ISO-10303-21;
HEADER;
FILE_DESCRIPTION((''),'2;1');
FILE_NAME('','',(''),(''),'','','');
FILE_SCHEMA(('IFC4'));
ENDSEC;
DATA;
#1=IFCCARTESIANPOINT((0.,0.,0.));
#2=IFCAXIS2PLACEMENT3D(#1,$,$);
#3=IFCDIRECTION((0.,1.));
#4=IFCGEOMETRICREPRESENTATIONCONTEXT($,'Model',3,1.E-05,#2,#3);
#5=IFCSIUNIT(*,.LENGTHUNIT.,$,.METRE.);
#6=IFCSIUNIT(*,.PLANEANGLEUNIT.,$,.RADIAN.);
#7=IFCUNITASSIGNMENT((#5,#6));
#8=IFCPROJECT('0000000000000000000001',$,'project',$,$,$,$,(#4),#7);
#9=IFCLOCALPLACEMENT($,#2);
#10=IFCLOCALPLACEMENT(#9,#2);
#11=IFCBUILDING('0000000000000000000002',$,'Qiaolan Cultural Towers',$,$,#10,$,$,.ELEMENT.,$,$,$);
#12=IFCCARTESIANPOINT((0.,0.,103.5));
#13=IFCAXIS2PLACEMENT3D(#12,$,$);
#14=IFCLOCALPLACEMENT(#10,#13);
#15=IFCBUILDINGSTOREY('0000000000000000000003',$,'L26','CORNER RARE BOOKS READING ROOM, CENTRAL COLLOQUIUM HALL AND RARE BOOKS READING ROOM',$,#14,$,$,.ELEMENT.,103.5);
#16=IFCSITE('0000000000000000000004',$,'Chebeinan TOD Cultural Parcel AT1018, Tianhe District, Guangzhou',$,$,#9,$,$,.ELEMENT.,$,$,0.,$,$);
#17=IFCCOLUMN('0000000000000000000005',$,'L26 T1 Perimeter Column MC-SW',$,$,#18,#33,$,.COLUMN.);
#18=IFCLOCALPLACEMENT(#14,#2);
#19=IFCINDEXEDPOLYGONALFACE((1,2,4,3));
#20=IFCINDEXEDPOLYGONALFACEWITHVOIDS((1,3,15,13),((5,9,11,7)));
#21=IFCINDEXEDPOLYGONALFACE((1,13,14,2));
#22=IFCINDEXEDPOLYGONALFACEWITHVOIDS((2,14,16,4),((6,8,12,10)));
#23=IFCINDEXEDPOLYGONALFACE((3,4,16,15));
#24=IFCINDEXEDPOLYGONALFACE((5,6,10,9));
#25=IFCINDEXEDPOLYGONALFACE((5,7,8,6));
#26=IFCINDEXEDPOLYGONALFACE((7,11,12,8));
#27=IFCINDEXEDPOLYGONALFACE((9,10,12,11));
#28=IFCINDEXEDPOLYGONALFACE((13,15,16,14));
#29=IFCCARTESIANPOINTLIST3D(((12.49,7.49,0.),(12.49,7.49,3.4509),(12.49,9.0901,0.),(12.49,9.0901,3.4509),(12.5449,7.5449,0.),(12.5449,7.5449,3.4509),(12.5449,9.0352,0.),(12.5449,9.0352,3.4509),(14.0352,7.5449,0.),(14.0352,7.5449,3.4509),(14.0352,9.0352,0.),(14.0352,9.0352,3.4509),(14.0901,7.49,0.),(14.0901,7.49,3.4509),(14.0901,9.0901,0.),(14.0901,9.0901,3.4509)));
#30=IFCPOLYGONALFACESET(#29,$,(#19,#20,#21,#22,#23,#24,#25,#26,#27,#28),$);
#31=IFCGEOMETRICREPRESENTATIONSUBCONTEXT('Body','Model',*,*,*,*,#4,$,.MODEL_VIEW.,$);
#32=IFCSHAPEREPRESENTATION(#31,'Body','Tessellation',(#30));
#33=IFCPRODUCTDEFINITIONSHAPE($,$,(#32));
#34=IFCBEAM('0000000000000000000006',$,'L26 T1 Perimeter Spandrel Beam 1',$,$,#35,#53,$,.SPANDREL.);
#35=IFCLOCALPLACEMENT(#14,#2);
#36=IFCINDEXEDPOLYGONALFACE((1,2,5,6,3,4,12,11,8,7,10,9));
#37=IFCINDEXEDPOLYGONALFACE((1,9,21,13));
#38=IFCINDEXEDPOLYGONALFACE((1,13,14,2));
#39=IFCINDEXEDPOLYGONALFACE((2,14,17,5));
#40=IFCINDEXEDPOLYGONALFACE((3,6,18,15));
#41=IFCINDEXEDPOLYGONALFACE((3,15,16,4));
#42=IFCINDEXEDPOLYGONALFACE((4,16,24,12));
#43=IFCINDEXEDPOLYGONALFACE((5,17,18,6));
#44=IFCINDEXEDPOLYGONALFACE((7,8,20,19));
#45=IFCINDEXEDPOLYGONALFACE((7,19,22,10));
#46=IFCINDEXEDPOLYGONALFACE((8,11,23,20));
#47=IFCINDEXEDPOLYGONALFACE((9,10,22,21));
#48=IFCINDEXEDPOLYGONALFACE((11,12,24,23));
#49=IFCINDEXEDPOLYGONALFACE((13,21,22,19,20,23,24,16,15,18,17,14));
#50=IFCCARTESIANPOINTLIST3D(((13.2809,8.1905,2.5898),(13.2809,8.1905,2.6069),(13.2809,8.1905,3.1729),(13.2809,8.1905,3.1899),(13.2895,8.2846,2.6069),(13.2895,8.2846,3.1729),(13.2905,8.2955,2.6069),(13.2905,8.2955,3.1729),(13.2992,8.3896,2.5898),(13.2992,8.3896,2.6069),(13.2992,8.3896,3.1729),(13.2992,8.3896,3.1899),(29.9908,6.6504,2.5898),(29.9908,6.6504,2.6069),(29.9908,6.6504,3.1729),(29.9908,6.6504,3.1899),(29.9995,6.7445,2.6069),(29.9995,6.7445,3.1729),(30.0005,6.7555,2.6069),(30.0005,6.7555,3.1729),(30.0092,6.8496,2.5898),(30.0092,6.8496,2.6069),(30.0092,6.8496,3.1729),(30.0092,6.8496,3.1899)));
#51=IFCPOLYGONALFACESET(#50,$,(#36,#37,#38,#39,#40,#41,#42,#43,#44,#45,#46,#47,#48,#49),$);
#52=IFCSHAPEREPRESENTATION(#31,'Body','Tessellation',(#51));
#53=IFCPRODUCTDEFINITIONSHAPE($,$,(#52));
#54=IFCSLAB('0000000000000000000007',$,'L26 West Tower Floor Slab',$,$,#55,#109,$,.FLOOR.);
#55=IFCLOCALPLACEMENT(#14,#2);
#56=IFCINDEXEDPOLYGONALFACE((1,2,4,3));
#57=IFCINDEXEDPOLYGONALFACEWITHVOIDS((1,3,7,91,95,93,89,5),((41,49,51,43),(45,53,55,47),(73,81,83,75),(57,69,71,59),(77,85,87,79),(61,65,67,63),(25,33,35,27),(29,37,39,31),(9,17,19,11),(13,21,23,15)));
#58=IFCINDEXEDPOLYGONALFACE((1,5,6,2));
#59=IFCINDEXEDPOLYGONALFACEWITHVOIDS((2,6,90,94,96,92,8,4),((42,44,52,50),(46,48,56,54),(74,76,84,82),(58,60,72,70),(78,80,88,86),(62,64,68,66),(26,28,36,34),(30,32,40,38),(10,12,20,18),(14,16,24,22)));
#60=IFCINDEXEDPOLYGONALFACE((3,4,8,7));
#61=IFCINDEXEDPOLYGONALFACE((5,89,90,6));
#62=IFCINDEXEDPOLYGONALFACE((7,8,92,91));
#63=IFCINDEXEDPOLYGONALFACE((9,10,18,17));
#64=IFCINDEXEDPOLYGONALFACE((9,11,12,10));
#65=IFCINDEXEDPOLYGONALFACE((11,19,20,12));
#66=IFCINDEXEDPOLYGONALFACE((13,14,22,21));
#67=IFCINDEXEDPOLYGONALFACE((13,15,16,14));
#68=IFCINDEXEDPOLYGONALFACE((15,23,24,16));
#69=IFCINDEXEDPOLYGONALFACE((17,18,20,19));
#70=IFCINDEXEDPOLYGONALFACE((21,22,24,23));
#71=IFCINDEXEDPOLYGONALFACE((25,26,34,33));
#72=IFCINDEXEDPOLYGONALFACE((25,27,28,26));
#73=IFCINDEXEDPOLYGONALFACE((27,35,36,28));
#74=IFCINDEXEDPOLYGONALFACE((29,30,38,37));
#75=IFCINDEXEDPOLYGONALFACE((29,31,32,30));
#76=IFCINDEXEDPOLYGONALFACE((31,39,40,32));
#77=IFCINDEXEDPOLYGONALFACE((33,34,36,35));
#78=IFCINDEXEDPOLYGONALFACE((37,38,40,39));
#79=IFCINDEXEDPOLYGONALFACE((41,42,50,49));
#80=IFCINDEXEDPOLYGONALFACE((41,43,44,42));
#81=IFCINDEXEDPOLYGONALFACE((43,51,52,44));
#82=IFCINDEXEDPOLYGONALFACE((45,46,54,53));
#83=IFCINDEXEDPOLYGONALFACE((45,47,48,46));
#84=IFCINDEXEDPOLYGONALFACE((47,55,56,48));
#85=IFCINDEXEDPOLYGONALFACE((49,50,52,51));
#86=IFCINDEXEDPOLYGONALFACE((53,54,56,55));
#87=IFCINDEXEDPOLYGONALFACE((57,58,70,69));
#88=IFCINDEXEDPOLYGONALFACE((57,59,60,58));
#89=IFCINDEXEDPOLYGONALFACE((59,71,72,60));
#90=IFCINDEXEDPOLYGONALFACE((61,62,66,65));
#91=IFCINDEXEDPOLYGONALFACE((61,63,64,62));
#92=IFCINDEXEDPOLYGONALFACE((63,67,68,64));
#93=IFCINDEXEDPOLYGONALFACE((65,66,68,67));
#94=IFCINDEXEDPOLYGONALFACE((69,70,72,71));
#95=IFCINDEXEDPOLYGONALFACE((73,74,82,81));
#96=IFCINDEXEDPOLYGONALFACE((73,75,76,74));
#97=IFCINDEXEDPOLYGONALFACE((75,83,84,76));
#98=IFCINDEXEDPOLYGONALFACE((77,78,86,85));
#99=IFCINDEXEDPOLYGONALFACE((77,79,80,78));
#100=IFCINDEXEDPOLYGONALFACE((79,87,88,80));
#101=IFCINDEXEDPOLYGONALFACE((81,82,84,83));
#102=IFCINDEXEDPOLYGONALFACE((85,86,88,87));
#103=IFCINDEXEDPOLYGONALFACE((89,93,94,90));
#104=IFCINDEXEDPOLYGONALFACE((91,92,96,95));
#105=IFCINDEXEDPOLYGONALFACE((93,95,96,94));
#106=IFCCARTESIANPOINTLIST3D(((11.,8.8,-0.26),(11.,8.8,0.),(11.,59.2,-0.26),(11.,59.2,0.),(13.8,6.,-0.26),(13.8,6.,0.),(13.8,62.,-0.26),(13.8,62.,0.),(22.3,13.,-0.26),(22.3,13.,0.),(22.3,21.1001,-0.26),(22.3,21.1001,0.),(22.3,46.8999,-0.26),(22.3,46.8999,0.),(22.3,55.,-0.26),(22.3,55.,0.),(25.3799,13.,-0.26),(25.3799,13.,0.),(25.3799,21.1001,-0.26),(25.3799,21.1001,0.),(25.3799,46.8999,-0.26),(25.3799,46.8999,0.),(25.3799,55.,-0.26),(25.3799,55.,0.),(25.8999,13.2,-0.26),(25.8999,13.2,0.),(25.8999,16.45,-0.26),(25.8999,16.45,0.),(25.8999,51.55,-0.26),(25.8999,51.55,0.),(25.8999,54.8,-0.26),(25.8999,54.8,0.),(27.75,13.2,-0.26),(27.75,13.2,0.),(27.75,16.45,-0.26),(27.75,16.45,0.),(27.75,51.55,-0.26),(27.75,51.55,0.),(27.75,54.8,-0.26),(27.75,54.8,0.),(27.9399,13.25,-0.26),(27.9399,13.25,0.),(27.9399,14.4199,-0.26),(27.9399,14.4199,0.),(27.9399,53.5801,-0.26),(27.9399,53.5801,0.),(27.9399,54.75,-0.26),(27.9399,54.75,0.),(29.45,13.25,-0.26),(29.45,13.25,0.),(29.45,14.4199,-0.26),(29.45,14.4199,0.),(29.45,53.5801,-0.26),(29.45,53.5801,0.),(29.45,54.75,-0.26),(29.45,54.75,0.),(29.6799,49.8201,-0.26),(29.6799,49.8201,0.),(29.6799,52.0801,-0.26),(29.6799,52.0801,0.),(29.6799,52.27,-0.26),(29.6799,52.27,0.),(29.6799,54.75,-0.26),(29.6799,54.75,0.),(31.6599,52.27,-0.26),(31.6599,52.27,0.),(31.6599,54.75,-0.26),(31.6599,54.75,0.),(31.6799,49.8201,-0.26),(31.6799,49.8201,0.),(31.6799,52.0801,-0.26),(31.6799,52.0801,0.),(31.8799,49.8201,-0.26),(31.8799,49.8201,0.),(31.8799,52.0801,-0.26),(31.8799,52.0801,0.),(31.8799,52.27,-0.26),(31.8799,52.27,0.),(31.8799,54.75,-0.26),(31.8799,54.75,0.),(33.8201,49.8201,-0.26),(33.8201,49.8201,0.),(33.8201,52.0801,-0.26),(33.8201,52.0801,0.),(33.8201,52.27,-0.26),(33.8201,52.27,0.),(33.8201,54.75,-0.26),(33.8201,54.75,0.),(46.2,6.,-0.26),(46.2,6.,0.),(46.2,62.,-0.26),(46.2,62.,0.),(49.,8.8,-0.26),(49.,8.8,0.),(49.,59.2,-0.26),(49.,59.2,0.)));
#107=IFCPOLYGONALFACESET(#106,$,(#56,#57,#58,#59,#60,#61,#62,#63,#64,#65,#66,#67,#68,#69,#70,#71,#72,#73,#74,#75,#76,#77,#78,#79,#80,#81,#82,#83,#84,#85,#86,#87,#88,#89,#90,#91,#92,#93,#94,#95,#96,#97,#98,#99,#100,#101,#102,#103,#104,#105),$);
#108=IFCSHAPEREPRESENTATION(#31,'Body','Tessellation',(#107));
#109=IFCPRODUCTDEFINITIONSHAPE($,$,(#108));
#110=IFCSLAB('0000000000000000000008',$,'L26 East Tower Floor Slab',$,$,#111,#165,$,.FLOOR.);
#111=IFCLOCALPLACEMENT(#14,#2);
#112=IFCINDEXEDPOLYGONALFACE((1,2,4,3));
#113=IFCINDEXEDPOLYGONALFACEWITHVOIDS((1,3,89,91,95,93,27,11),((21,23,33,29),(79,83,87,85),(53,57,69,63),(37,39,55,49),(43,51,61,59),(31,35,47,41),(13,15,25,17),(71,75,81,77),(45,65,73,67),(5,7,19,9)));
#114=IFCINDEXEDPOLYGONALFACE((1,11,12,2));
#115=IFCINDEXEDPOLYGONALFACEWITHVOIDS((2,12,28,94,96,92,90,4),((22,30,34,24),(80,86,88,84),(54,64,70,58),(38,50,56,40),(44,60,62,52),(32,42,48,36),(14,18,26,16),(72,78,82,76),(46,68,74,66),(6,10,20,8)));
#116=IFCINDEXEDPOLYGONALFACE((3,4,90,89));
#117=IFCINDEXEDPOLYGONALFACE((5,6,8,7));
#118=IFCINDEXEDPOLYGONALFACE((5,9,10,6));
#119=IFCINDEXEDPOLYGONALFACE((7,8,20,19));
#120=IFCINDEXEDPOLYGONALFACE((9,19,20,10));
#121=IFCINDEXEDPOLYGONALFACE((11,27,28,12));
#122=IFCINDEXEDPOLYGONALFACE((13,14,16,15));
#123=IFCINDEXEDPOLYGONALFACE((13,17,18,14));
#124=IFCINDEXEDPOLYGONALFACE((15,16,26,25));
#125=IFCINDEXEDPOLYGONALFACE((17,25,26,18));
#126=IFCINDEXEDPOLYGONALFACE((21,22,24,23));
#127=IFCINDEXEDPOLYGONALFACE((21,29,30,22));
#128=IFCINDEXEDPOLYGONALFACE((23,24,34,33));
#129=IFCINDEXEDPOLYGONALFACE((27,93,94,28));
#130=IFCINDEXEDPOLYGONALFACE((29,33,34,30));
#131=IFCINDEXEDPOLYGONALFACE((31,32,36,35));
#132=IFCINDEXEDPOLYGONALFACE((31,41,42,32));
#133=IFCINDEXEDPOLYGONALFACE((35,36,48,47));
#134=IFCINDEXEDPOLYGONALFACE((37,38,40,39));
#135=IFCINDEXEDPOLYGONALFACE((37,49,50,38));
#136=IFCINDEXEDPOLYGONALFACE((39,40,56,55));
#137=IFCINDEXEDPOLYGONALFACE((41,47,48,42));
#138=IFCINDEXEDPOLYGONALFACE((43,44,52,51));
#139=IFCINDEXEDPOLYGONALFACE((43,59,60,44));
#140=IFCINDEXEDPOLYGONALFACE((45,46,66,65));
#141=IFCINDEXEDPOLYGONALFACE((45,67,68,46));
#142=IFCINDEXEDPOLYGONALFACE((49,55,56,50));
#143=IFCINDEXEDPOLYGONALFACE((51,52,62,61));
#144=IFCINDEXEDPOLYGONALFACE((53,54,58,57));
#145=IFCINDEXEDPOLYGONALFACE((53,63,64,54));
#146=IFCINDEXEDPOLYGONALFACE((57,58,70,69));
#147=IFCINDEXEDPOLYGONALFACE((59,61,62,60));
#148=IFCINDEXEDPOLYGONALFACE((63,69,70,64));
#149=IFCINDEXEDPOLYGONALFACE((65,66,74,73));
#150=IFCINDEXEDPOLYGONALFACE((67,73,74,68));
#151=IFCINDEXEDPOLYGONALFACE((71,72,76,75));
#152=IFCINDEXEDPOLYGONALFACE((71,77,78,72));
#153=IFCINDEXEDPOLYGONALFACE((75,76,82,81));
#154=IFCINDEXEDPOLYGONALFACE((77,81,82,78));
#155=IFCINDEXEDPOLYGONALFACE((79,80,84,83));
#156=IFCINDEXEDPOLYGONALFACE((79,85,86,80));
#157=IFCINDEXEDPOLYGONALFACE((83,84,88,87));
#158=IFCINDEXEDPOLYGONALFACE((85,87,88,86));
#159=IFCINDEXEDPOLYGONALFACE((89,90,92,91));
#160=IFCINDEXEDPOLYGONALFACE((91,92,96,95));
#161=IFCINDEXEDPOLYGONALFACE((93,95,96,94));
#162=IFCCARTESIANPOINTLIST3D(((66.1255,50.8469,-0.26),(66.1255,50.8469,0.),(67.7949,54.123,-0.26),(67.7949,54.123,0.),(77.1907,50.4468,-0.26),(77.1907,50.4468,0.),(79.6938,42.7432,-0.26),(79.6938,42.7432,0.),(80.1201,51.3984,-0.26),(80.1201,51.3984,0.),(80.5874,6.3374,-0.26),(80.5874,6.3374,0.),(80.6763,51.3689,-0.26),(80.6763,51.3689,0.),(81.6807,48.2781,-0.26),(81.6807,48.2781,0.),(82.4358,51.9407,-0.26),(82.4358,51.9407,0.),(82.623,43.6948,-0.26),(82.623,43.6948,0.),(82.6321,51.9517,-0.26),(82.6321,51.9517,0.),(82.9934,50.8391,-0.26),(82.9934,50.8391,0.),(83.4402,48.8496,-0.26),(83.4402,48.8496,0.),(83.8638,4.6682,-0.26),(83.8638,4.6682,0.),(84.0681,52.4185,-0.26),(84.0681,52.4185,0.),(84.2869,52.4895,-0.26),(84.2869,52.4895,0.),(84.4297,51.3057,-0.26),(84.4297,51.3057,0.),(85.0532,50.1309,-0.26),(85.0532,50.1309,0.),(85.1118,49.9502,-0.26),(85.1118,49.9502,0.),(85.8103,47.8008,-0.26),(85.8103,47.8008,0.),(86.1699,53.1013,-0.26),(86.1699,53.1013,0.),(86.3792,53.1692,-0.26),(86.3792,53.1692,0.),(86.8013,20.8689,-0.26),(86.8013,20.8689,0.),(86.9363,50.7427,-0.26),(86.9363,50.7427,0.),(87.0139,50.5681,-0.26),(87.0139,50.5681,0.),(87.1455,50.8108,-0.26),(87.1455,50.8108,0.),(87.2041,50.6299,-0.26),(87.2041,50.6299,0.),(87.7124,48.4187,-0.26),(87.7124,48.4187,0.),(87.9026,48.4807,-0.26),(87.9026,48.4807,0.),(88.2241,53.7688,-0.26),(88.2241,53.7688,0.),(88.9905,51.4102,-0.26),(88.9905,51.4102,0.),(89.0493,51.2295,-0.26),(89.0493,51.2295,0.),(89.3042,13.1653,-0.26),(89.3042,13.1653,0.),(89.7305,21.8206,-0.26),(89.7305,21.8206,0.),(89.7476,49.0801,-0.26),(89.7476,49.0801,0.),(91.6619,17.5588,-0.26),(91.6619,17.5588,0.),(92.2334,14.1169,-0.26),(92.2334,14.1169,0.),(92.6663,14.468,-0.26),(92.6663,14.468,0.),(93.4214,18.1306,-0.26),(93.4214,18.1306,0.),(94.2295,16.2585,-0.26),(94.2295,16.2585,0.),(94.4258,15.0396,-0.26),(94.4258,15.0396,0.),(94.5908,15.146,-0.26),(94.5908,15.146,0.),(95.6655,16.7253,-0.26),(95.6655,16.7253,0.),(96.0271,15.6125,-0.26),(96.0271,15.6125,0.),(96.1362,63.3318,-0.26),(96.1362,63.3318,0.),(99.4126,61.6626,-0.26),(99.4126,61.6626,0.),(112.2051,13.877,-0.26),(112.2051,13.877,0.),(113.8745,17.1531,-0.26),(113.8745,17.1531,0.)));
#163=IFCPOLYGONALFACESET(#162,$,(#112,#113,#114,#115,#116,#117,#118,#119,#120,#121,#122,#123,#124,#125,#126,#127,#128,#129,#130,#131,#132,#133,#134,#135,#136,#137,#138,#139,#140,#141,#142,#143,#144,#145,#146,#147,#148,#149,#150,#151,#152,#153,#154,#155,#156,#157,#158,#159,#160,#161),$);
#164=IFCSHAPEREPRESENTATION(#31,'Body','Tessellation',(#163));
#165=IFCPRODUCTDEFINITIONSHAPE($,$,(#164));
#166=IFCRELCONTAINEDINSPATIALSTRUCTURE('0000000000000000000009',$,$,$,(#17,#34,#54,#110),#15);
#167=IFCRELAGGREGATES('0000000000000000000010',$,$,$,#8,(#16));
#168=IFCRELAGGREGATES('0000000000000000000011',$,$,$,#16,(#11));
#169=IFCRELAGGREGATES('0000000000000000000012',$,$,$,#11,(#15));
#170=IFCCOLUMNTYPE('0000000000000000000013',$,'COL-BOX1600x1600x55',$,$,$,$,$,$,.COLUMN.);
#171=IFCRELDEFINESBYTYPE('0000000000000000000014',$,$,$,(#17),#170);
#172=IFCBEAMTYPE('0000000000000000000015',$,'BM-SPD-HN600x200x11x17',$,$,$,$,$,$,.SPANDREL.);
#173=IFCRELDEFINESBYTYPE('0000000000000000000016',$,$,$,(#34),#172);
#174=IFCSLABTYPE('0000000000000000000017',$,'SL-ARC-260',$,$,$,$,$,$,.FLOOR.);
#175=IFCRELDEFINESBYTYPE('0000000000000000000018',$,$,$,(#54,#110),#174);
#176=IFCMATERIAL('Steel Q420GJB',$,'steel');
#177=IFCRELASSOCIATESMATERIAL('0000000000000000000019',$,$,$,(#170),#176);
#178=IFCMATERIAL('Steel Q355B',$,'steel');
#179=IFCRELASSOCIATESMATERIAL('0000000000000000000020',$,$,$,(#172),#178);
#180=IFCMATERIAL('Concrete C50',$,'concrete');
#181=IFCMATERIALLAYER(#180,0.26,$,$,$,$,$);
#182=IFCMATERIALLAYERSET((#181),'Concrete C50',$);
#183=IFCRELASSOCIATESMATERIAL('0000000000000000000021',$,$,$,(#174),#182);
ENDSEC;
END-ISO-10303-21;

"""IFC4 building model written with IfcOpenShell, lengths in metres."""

from ifc_helpers import new_model, si_unit, direction, frame, origin, origin_2d, place, context, subcontext, project, spatial, polyline, hollow_rectangle, i_section, outline, extrude, material, layer, layer_set, material_profile, profile_set, type_object, element, save


model = new_model("IFC4")

# Units and contexts
model_context = context("Model", 3, precision=1e-05, world=origin(), true_north=direction((0.0, 1.0)))
body_context = subcontext(model_context, "Body", "Model", "MODEL_VIEW")
ifc_project = project(units=[si_unit("LENGTHUNIT", "METRE"), si_unit("PLANEANGLEUNIT", "RADIAN")], contexts=[model_context])

# Site, building, storey
site_placement = place(None, origin())
site = spatial("IfcSite", under=ifc_project, at=site_placement, Name="Chebeinan TOD Cultural Parcel AT1018, Tianhe District, Guangzhou", CompositionType="ELEMENT", RefElevation=0.0)
building_placement = place(site_placement, origin())
building = spatial("IfcBuilding", under=site, at=building_placement, Name="Qiaolan Cultural Towers", CompositionType="ELEMENT")
storey_placement = place(building_placement, frame((0.0, 0.0, 103.5)))
storey = spatial("IfcBuildingStorey", under=building, at=storey_placement, Name="L26", Description="CORNER RARE BOOKS READING ROOM, CENTRAL COLLOQUIUM HALL AND RARE BOOKS READING ROOM", CompositionType="ELEMENT", Elevation=103.5)

# Column
ifc_material_1 = material(Name="Steel Q420GJB", Category="steel")
ifc_material_profile_1 = material_profile(ifc_material_1, hollow_rectangle(XDim=1.6001, YDim=1.6001, WallThickness=0.0549, at=origin_2d()), Name="BOX1600x1600x55")
ifc_profile_set_1 = profile_set([ifc_material_profile_1], Name="Steel Q420GJB")
column_type = type_object("IfcColumnType", Name="COL-BOX1600x1600x55", PredefinedType="COLUMN", material=ifc_profile_set_1)
column_placement = place(storey_placement, frame((13.29, 8.29, 0.0), z_axis=(0.0, 0.0, 1.0), x_axis=(1.0, 0.0, 0.0)))
element("IfcColumn", 1, at=column_placement, inside=storey, type_object=column_type, Name="L26 T1 Perimeter Column MC-SW", PredefinedType="COLUMN", context=body_context, shape_type="SweptSolid", body=[
    extrude(hollow_rectangle(XDim=1.6001, YDim=1.6001, WallThickness=0.0549, at=origin_2d()), origin(), (0.0, 0.0, 1.0), 3.4509),
])

# Beam
ifc_material_2 = material(Name="Steel Q355B", Category="steel")
ifc_material_profile_2 = material_profile(ifc_material_2, i_section(OverallWidth=0.2, OverallDepth=0.6001, WebThickness=0.011, FlangeThickness=0.0171, at=origin_2d()), Name="HN600x200x11x17")
ifc_profile_set_2 = profile_set([ifc_material_profile_2], Name="Steel Q355B")
beam_type = type_object("IfcBeamType", Name="BM-SPD-HN600x200x11x17", PredefinedType="SPANDREL", material=ifc_profile_set_2)
beam_placement = place(storey_placement, frame((13.29, 8.29, 2.8899), z_axis=(0.99578, -0.091774, 0.0), x_axis=(0.091774, 0.99578, 0.0)))
element("IfcBeam", 2, at=beam_placement, inside=storey, type_object=beam_type, Name="L26 T1 Perimeter Spandrel Beam 1", PredefinedType="SPANDREL", context=body_context, shape_type="SweptSolid", body=[
    extrude(i_section(OverallWidth=0.2, OverallDepth=0.6001, WebThickness=0.011, FlangeThickness=0.0171, at=origin_2d()), origin(), (0.0, 0.0, 1.0), 16.7808),
])

# Slabs
ifc_material_3 = material(Name="Concrete C50", Category="concrete")
ifc_layer_1 = layer(ifc_material_3, 0.26)
ifc_layer_set_1 = layer_set([ifc_layer_1], Name="Concrete C50")
slab_type_1 = type_object("IfcSlabType", Name="SL-ARC-260", PredefinedType="FLOOR", material=ifc_layer_set_1)
slab_1_placement = place(storey_placement, frame((0.0, 0.0, -0.26)))
element("IfcSlab", 3, at=slab_1_placement, inside=storey, type_object=slab_type_1, Name="L26 West Tower Floor Slab", PredefinedType="FLOOR", context=body_context, shape_type="SweptSolid", body=[
    extrude(outline(polyline([(13.8, 6.0), (46.2, 6.0), (49.0, 8.8), (49.0, 59.2), (46.2, 62.0), (13.8, 62.0), (11.0, 59.2), (11.0, 8.8), (13.8, 6.0)]), holes=[polyline([(22.3, 21.1001), (22.3, 13.0), (25.3799, 13.0), (25.3799, 21.1001), (22.3, 21.1001)]), polyline([(25.3799, 46.8999), (25.3799, 55.0), (22.3, 55.0), (22.3, 46.8999), (25.3799, 46.8999)]), polyline([(25.8999, 13.2), (27.75, 13.2), (27.75, 16.45), (25.8999, 16.45), (25.8999, 13.2)]), polyline([(27.9399, 13.25), (29.45, 13.25), (29.45, 14.4199), (27.9399, 14.4199), (27.9399, 13.25)]), polyline([(25.8999, 51.55), (27.75, 51.55), (27.75, 54.8), (25.8999, 54.8), (25.8999, 51.55)]), polyline([(27.9399, 53.5801), (29.45, 53.5801), (29.45, 54.75), (27.9399, 54.75), (27.9399, 53.5801)]), polyline([(29.6799, 49.8201), (31.6799, 49.8201), (31.6799, 52.0801), (29.6799, 52.0801), (29.6799, 49.8201)]), polyline([(31.8799, 49.8201), (33.8201, 49.8201), (33.8201, 52.0801), (31.8799, 52.0801), (31.8799, 49.8201)]), polyline([(29.6799, 52.27), (31.6599, 52.27), (31.6599, 54.75), (29.6799, 54.75), (29.6799, 52.27)]), polyline([(31.8799, 52.27), (33.8201, 52.27), (33.8201, 54.75), (31.8799, 54.75), (31.8799, 52.27)])]), origin(), (0.0, 0.0, 1.0), 0.26),
])
slab_2_placement = place(storey_placement, frame((0.0, 0.0, -0.26)))
element("IfcSlab", 4, at=slab_2_placement, inside=storey, type_object=slab_type_1, Name="L26 East Tower Floor Slab", PredefinedType="FLOOR", context=body_context, shape_type="SweptSolid", body=[
    extrude(outline(polyline([(83.8638, 4.6682), (112.2051, 13.877), (113.8745, 17.1531), (99.4126, 61.6626), (96.1362, 63.3318), (67.7949, 54.123), (66.1255, 50.8469), (80.5874, 6.3374), (83.8638, 4.6682)]), holes=[polyline([(86.8013, 20.8689), (89.3042, 13.1653), (92.2334, 14.1169), (89.7305, 21.8206), (86.8013, 20.8689)]), polyline([(82.623, 43.6948), (80.1201, 51.3984), (77.1907, 50.4468), (79.6938, 42.7432), (82.623, 43.6948)]), polyline([(92.6663, 14.468), (94.4258, 15.0396), (93.4214, 18.1306), (91.6619, 17.5588), (92.6663, 14.468)]), polyline([(94.5908, 15.146), (96.0271, 15.6125), (95.6655, 16.7253), (94.2295, 16.2585), (94.5908, 15.146)]), polyline([(81.6807, 48.2781), (83.4402, 48.8496), (82.4358, 51.9407), (80.6763, 51.3689), (81.6807, 48.2781)]), polyline([(82.9934, 50.8391), (84.4297, 51.3057), (84.0681, 52.4185), (82.6321, 51.9517), (82.9934, 50.8391)]), polyline([(85.8103, 47.8008), (87.7124, 48.4187), (87.0139, 50.5681), (85.1118, 49.9502), (85.8103, 47.8008)]), polyline([(87.9026, 48.4807), (89.7476, 49.0801), (89.0493, 51.2295), (87.2041, 50.6299), (87.9026, 48.4807)]), polyline([(85.0532, 50.1309), (86.9363, 50.7427), (86.1699, 53.1013), (84.2869, 52.4895), (85.0532, 50.1309)]), polyline([(87.1455, 50.8108), (88.9905, 51.4102), (88.2241, 53.7688), (86.3792, 53.1692), (87.1455, 50.8108)])]), origin(), (0.0, 0.0, 1.0), 0.26),
])

save(model, "model.ifc")
